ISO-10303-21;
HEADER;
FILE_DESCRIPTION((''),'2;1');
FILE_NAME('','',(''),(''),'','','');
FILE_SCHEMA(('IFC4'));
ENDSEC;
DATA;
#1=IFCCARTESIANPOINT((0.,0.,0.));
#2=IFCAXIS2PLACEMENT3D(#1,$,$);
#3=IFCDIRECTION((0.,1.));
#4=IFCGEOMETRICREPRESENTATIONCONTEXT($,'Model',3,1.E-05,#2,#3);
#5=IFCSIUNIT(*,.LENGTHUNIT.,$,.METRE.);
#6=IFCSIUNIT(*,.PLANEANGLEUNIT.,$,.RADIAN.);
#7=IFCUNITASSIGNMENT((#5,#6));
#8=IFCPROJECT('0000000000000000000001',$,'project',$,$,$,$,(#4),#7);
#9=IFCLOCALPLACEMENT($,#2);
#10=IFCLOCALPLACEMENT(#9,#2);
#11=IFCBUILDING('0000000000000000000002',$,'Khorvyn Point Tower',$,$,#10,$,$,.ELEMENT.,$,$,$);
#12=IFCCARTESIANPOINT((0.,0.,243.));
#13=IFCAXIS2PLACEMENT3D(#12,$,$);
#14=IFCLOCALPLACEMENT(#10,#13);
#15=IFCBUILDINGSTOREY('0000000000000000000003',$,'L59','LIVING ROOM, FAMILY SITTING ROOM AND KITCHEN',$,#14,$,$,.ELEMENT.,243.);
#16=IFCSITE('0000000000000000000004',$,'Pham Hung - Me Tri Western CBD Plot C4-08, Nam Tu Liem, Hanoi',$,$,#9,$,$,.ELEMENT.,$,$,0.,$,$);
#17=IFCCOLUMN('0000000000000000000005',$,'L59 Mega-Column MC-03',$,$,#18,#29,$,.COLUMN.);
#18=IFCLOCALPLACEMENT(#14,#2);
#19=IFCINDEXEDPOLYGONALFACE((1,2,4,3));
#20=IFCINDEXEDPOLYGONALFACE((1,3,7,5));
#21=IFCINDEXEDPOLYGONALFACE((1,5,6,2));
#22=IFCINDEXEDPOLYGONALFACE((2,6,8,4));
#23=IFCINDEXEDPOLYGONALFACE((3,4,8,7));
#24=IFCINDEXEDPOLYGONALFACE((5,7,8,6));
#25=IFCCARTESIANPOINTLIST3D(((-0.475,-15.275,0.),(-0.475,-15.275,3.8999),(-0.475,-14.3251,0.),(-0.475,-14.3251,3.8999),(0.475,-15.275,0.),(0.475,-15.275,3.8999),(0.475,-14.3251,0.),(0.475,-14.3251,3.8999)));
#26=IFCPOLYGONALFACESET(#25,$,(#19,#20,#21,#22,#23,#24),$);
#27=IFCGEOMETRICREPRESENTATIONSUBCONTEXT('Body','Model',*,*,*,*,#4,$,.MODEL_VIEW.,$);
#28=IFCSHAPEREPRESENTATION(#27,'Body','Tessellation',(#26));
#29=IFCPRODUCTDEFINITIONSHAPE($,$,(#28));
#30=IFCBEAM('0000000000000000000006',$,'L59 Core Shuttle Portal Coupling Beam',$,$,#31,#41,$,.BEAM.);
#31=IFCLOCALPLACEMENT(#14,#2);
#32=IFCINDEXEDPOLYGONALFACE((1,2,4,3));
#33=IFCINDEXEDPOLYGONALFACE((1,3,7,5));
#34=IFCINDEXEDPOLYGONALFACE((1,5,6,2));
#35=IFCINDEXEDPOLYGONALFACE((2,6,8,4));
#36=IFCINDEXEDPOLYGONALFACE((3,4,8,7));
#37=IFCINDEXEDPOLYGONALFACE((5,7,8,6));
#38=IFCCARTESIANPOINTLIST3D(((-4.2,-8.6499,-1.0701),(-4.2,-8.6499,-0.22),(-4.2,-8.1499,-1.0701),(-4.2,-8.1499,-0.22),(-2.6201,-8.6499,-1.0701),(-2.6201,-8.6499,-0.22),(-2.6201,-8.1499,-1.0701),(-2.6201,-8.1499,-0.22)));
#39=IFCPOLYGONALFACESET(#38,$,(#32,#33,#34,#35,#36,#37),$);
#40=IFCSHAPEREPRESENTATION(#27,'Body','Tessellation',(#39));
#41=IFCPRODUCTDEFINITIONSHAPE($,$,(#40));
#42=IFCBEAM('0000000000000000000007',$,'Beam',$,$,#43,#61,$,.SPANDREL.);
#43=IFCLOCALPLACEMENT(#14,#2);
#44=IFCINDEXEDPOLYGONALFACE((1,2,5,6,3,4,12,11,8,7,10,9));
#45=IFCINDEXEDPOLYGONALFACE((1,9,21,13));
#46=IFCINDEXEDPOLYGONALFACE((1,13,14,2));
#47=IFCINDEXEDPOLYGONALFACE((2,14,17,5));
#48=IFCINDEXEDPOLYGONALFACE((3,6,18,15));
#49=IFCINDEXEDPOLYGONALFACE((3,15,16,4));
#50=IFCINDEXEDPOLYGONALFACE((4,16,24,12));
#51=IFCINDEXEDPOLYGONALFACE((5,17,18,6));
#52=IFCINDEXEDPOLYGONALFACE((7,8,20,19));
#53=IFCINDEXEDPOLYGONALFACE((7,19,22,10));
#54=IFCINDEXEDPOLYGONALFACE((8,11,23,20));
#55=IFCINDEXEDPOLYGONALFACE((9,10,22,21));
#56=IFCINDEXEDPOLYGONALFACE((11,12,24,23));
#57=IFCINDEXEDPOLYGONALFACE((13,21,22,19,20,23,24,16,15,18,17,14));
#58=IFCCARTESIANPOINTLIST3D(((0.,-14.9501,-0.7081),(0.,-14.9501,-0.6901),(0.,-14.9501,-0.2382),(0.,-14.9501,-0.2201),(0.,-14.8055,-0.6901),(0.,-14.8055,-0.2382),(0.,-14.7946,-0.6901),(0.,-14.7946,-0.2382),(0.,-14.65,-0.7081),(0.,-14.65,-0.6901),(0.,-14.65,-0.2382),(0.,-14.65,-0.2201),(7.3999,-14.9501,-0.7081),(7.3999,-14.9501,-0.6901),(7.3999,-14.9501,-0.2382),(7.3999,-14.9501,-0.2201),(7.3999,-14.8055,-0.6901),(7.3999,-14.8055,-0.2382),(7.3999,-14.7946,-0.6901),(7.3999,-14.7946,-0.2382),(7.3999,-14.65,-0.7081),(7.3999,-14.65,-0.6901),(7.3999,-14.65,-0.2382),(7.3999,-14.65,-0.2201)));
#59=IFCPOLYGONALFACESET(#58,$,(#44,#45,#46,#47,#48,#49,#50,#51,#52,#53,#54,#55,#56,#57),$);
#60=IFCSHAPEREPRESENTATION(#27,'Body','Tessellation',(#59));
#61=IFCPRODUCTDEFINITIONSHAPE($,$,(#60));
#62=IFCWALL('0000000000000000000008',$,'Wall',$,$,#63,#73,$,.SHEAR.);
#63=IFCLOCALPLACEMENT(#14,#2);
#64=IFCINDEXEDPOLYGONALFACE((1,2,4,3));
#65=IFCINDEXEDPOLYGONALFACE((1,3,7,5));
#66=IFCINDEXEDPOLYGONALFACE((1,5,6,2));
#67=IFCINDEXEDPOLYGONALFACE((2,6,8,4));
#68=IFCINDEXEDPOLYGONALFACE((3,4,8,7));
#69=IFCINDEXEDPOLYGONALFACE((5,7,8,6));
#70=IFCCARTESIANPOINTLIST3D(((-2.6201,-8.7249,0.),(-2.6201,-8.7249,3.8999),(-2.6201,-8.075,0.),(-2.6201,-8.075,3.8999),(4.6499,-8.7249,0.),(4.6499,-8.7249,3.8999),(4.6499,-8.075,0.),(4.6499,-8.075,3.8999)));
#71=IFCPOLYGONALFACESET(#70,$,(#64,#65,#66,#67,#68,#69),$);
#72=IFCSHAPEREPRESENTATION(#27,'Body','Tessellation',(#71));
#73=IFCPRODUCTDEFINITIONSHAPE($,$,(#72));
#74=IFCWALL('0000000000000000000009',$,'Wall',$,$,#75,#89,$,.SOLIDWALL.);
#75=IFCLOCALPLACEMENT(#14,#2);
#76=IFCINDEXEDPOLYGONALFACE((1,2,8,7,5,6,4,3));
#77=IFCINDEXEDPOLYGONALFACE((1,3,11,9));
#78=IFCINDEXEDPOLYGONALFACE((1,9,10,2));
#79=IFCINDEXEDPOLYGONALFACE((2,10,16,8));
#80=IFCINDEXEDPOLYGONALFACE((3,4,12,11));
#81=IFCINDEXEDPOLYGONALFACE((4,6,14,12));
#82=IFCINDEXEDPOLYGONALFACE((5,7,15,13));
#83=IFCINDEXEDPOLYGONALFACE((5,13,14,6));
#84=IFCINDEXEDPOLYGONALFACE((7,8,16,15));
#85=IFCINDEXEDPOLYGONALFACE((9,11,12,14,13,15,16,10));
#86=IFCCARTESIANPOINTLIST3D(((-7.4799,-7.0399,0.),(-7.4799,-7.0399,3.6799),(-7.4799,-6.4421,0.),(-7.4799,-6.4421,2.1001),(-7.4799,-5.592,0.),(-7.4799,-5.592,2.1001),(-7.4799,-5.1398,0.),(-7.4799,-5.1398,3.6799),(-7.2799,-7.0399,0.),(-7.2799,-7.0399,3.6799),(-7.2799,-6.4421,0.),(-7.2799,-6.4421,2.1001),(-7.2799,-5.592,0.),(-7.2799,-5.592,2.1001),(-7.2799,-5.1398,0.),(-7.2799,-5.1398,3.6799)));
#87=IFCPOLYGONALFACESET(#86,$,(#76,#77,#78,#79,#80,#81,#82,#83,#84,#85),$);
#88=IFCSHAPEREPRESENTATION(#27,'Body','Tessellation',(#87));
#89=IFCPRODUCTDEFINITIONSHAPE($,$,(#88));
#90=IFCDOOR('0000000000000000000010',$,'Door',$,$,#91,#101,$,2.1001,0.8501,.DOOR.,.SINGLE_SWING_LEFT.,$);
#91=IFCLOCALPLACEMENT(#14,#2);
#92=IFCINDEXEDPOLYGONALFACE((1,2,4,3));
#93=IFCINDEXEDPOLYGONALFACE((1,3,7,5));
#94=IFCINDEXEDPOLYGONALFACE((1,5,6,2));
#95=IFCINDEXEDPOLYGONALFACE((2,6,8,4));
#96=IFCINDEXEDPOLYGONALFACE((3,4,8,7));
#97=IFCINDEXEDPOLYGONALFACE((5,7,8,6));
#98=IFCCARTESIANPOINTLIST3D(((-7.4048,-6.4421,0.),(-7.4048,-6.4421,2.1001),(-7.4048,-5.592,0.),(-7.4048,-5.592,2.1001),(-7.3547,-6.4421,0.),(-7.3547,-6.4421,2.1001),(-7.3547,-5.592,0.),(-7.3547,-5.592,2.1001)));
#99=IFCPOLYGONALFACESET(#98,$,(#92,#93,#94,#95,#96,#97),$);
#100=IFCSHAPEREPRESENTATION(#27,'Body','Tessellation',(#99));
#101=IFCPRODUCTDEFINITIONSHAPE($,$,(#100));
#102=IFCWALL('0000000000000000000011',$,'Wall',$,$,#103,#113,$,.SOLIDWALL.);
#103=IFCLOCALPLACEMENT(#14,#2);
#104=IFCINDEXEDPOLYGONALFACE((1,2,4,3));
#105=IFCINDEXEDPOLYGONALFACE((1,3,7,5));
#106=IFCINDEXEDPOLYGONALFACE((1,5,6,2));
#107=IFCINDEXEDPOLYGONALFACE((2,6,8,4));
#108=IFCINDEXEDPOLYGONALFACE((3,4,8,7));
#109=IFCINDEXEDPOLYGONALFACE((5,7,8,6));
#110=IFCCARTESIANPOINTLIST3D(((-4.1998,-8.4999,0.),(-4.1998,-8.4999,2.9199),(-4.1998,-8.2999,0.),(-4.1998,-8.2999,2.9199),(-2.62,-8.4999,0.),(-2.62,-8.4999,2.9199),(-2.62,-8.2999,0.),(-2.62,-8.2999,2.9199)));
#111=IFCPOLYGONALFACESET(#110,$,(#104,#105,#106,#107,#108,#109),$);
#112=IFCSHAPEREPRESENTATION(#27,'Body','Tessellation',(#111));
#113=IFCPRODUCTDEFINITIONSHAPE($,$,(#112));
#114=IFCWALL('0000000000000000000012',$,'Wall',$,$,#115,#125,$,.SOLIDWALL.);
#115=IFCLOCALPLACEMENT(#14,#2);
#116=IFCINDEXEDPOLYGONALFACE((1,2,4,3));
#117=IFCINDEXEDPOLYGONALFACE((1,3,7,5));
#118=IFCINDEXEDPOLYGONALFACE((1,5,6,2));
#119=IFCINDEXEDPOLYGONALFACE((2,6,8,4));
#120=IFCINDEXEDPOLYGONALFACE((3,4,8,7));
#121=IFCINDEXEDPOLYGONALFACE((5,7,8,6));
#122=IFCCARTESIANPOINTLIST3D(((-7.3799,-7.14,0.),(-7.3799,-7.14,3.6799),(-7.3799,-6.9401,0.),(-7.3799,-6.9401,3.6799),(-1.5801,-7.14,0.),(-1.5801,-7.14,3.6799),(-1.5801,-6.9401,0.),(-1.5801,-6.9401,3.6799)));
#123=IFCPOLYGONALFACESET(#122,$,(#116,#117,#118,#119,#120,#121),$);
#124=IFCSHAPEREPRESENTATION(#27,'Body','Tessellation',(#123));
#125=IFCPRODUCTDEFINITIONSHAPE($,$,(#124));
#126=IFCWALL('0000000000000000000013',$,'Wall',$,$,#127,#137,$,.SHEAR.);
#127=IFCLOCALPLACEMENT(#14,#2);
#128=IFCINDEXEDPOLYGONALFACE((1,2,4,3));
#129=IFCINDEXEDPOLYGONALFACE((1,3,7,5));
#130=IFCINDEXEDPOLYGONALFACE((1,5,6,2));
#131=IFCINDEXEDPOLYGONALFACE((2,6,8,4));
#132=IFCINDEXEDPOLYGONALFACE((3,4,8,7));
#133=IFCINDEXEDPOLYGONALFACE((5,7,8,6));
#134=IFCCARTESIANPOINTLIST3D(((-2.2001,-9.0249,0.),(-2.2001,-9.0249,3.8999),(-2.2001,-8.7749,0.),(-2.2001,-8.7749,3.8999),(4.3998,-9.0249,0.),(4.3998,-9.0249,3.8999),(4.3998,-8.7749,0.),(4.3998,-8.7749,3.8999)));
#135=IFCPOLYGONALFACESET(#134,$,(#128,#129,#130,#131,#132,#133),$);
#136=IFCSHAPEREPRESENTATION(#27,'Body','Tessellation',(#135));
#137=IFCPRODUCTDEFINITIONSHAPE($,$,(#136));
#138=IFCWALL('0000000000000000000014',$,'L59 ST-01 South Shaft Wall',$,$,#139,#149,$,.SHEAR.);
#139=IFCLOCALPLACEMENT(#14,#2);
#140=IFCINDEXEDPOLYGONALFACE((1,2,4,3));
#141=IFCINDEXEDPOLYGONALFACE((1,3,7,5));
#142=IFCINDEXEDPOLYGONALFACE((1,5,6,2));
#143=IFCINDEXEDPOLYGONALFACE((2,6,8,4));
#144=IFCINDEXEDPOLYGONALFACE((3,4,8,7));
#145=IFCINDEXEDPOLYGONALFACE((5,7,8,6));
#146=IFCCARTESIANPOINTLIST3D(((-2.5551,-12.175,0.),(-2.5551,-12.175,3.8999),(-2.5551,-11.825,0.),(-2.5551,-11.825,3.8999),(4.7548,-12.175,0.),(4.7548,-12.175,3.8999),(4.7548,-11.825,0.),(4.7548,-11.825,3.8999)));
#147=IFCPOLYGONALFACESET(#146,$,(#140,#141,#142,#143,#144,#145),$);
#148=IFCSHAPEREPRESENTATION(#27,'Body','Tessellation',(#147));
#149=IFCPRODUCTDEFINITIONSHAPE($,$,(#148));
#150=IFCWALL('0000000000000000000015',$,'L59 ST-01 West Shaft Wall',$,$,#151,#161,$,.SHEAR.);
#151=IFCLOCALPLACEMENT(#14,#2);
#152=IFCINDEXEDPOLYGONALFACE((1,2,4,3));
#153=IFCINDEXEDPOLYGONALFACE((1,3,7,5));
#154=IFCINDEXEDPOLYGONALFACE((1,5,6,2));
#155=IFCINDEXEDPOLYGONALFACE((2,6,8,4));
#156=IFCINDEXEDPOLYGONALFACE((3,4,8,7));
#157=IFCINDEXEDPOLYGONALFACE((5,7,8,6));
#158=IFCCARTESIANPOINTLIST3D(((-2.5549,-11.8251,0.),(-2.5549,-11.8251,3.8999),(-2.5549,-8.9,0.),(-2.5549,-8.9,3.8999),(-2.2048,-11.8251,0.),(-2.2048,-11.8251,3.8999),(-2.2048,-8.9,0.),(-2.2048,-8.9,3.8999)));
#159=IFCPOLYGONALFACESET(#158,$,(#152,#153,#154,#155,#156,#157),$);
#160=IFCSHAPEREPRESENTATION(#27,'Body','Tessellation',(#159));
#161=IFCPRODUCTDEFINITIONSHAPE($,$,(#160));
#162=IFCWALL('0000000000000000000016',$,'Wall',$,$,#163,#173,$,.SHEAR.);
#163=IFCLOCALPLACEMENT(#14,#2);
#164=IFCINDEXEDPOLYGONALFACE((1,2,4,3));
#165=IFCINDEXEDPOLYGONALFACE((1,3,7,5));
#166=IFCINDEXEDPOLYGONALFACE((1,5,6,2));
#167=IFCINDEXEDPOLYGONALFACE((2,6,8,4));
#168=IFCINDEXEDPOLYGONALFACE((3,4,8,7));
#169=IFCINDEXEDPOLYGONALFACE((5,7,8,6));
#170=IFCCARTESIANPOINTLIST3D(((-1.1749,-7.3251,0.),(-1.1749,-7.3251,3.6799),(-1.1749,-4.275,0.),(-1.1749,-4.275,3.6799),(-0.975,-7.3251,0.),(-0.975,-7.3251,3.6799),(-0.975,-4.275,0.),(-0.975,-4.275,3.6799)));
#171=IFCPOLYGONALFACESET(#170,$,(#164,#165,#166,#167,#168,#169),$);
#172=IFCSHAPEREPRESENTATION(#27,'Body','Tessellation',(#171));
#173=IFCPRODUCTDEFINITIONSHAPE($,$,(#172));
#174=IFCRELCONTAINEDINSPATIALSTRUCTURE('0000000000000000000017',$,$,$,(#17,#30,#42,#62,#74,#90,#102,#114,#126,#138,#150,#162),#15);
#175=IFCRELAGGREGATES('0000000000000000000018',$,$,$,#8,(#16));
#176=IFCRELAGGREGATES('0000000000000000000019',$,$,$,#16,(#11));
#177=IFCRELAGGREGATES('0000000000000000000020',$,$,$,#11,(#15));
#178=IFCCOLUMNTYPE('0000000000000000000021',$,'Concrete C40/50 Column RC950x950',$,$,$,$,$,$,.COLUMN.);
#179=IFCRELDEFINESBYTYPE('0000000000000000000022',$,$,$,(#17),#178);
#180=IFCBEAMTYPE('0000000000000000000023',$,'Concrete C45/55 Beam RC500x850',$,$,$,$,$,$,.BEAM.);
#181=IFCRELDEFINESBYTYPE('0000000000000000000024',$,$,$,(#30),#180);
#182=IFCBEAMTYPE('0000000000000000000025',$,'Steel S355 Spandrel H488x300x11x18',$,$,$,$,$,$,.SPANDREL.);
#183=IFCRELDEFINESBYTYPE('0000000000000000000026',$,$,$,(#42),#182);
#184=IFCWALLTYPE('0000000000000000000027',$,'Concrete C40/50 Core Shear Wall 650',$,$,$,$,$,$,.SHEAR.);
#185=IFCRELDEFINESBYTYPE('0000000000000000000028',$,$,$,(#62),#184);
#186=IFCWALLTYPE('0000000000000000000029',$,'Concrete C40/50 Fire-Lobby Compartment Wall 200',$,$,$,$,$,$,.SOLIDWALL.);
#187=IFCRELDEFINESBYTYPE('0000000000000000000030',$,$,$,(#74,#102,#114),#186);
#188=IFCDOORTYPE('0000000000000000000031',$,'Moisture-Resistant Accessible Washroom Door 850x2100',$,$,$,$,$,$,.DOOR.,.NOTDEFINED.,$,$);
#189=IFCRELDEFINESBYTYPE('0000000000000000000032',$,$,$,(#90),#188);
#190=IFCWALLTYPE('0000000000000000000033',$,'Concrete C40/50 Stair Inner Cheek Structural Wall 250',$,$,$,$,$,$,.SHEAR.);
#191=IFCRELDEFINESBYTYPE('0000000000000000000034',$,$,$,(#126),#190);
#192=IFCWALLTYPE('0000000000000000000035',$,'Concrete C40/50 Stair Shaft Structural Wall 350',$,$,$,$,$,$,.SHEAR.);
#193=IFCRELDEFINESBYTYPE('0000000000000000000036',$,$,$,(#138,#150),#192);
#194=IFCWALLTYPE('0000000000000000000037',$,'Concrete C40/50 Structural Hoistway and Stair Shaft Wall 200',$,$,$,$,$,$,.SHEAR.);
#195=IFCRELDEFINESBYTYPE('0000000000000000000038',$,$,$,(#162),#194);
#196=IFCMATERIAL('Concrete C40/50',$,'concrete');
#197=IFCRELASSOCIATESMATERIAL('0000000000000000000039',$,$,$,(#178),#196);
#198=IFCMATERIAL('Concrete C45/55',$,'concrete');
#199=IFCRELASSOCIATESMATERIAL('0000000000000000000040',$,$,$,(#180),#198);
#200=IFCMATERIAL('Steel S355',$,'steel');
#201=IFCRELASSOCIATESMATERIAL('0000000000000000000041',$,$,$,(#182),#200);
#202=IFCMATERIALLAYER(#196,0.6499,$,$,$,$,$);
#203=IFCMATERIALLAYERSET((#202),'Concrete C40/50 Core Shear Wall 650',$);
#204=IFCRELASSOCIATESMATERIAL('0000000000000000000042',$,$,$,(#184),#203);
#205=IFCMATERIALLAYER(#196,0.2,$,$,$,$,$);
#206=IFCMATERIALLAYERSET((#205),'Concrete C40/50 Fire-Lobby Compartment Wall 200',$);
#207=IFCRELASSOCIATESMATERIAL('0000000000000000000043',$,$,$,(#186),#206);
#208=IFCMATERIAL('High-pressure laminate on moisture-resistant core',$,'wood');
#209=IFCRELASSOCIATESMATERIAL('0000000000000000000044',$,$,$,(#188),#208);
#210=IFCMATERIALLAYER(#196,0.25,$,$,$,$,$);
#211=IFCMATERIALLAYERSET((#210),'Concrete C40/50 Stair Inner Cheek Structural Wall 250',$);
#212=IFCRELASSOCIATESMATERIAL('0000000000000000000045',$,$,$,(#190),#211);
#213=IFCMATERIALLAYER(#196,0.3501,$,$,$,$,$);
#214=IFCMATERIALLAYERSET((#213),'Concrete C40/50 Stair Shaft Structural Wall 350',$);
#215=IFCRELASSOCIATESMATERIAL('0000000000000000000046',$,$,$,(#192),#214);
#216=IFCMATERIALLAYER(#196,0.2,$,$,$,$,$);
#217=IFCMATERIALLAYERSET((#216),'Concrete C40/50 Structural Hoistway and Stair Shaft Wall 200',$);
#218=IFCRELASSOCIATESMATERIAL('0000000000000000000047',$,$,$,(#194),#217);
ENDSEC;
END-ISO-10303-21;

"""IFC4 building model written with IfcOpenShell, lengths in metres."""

from ifc_helpers import new_model, si_unit, direction, frame, frame_2d, origin, origin_2d, place, context, subcontext, project, spatial, rectangle, i_section, extrude, material, layer, layer_set, material_profile, profile_set, type_object, element, fill, save


model = new_model("IFC4")

# Units and contexts
model_context = context("Model", 3, precision=1e-05, world=origin(), true_north=direction((0.0, 1.0)))
body_context = subcontext(model_context, "Body", "Model", "MODEL_VIEW")
ifc_project = project(units=[si_unit("LENGTHUNIT", "METRE"), si_unit("PLANEANGLEUNIT", "RADIAN")], contexts=[model_context])

# Site, building, storey
site_placement = place(None, origin())
site = spatial("IfcSite", under=ifc_project, at=site_placement, Name="Pham Hung - Me Tri Western CBD Plot C4-08, Nam Tu Liem, Hanoi", CompositionType="ELEMENT", RefElevation=0.0)
building_placement = place(site_placement, origin())
building = spatial("IfcBuilding", under=site, at=building_placement, Name="Khorvyn Point Tower", CompositionType="ELEMENT")
storey_placement = place(building_placement, frame((0.0, 0.0, 243.0)))
storey = spatial("IfcBuildingStorey", under=building, at=storey_placement, Name="L59", Description="LIVING ROOM, FAMILY SITTING ROOM AND KITCHEN", CompositionType="ELEMENT", Elevation=243.0)

# Column
ifc_material_1 = material(Name="Concrete C40/50", Category="concrete")
ifc_material_profile_1 = material_profile(ifc_material_1, rectangle(XDim=0.95, YDim=0.95, at=origin_2d()))
ifc_profile_set_1 = profile_set([ifc_material_profile_1], Name="Concrete C40/50 RC950x950")
column_type = type_object("IfcColumnType", Name="Concrete C40/50 Column RC950x950", PredefinedType="COLUMN", material=ifc_profile_set_1)
column_placement = place(storey_placement, frame((0.0, -14.8, 0.0), z_axis=(0.0, 0.0, 1.0), x_axis=(1.0, 0.0, 0.0)))
element("IfcColumn", 1, at=column_placement, inside=storey, type_object=column_type, Name="L59 Mega-Column MC-03", PredefinedType="COLUMN", context=body_context, shape_type="SweptSolid", body=[
    extrude(rectangle(XDim=0.95, YDim=0.95, at=origin_2d()), origin(), (0.0, 0.0, 1.0), 3.8999),
])

# Beams
ifc_material_2 = material(Name="Concrete C45/55", Category="concrete")
ifc_material_profile_2 = material_profile(ifc_material_2, rectangle(XDim=0.5, YDim=0.8501, at=origin_2d()))
ifc_profile_set_2 = profile_set([ifc_material_profile_2], Name="Concrete C45/55 RC500x850")
beam_type_1 = type_object("IfcBeamType", Name="Concrete C45/55 Beam RC500x850", PredefinedType="BEAM", material=ifc_profile_set_2)
beam_1_placement = place(storey_placement, frame((-4.2, -8.3999, -0.645), z_axis=(1.0, 0.0, 0.0), x_axis=(0.0, 1.0, 0.0)))
element("IfcBeam", 2, at=beam_1_placement, inside=storey, type_object=beam_type_1, Name="L59 Core Shuttle Portal Coupling Beam", PredefinedType="BEAM", context=body_context, shape_type="SweptSolid", body=[
    extrude(rectangle(XDim=0.5, YDim=0.8501, at=origin_2d()), origin(), (0.0, 0.0, 1.0), 1.5798),
])
ifc_material_3 = material(Name="Steel S355", Category="steel")
ifc_material_profile_3 = material_profile(ifc_material_3, i_section(OverallWidth=0.3, OverallDepth=0.488, WebThickness=0.011, FlangeThickness=0.0181, at=origin_2d()))
ifc_profile_set_3 = profile_set([ifc_material_profile_3], Name="Steel S355 H488x300x11x18")
beam_type_2 = type_object("IfcBeamType", Name="Steel S355 Spandrel H488x300x11x18", PredefinedType="SPANDREL", material=ifc_profile_set_3)
beam_2_placement = place(storey_placement, frame((0.0, -14.8, -0.4641), z_axis=(1.0, 0.0, 0.0), x_axis=(0.0, 1.0, 0.0)))
element("IfcBeam", 3, at=beam_2_placement, inside=storey, type_object=beam_type_2, Name="Beam", PredefinedType="SPANDREL", context=body_context, shape_type="SweptSolid", body=[
    extrude(i_section(OverallWidth=0.3, OverallDepth=0.488, WebThickness=0.011, FlangeThickness=0.0181, at=origin_2d()), origin(), (0.0, 0.0, 1.0), 7.3999),
])

# Wall
ifc_layer_1 = layer(ifc_material_1, 0.6499)
ifc_layer_set_1 = layer_set([ifc_layer_1], Name="Concrete C40/50 Core Shear Wall 650")
wall_type_1 = type_object("IfcWallType", Name="Concrete C40/50 Core Shear Wall 650", PredefinedType="SHEAR", material=ifc_layer_set_1)
wall_1_placement = place(storey_placement, frame((-2.6201, -8.3999, 0.0), z_axis=(0.0, 0.0, 1.0), x_axis=(1.0, 0.0, 0.0)))
element("IfcWall", 4, at=wall_1_placement, inside=storey, type_object=wall_type_1, Name="Wall", PredefinedType="SHEAR", context=body_context, shape_type="SweptSolid", body=[
    extrude(rectangle(XDim=7.27, YDim=0.6499, at=frame_2d((3.635, 0.0))), origin(), (0.0, 0.0, 1.0), 3.8999),
])

# Wall, opening, door
ifc_layer_2 = layer(ifc_material_1, 0.2)
ifc_layer_set_2 = layer_set([ifc_layer_2], Name="Concrete C40/50 Fire-Lobby Compartment Wall 200")
wall_type_2 = type_object("IfcWallType", Name="Concrete C40/50 Fire-Lobby Compartment Wall 200", PredefinedType="SOLIDWALL", material=ifc_layer_set_2)
wall_2_placement = place(storey_placement, frame((-7.3799, -7.04, 0.0), z_axis=(0.0, 0.0, 1.0), x_axis=(0.0, 1.0, 0.0)))
wall_2 = element("IfcWall", 5, at=wall_2_placement, inside=storey, type_object=wall_type_2, Name="Wall", PredefinedType="SOLIDWALL", context=body_context, shape_type="SweptSolid", body=[
    extrude(rectangle(XDim=1.9001, YDim=0.2, at=frame_2d((0.9502, 0.0))), origin(), (0.0, 0.0, 1.0), 3.6799),
])
opening_1_placement = place(wall_2_placement, frame((0.5979, 0.0, 0.0)))
opening_1 = element("IfcOpeningElement", 6, at=opening_1_placement, cuts=wall_2, PredefinedType="OPENING", context=body_context, shape_type="SweptSolid", body=[
    extrude(rectangle(XDim=0.8501, YDim=2.1001, at=frame_2d((0.425, 1.05))), frame((0.0, 0.1099, 0.0), z_axis=(0.0, -1.0, 0.0), x_axis=(1.0, 0.0, 0.0)), (0.0, 0.0, 1.0), 0.22),
])
ifc_material_4 = material(Name="High-pressure laminate on moisture-resistant core", Category="wood")
door_type_1 = type_object("IfcDoorType", Name="Moisture-Resistant Accessible Washroom Door 850x2100", OperationType="NOTDEFINED", PredefinedType="DOOR", material=ifc_material_4)
door_1_placement = place(opening_1_placement, origin())
door_1 = element("IfcDoor", 7, at=door_1_placement, inside=storey, type_object=door_type_1, Name="Door", OperationType="SINGLE_SWING_LEFT", OverallHeight=2.1001, OverallWidth=0.8501, PredefinedType="DOOR", context=body_context, shape_type="SweptSolid", body=[
    extrude(rectangle(XDim=0.8501, YDim=2.1001, at=frame_2d((0.425, 1.05))), frame((0.0, 0.0249, 0.0), z_axis=(0.0, -1.0, 0.0), x_axis=(1.0, 0.0, 0.0)), (0.0, 0.0, 1.0), 0.05),
])
fill(opening_1, door_1)

# Walls
wall_3_placement = place(storey_placement, frame((-4.2, -8.3999, 0.0), z_axis=(0.0, 0.0, 1.0), x_axis=(1.0, 0.0, 0.0)))
element("IfcWall", 8, at=wall_3_placement, inside=storey, type_object=wall_type_2, Name="Wall", PredefinedType="SOLIDWALL", context=body_context, shape_type="SweptSolid", body=[
    extrude(rectangle(XDim=1.5798, YDim=0.2, at=frame_2d((0.79, 0.0))), origin(), (0.0, 0.0, 1.0), 2.9199),
])
wall_4_placement = place(storey_placement, frame((-7.3799, -7.04, 0.0), z_axis=(0.0, 0.0, 1.0), x_axis=(1.0, 0.0, 0.0)))
element("IfcWall", 9, at=wall_4_placement, inside=storey, type_object=wall_type_2, Name="Wall", PredefinedType="SOLIDWALL", context=body_context, shape_type="SweptSolid", body=[
    extrude(rectangle(XDim=5.7998, YDim=0.2, at=frame_2d((2.8999, 0.0))), origin(), (0.0, 0.0, 1.0), 3.6799),
])
ifc_layer_3 = layer(ifc_material_1, 0.25)
ifc_layer_set_3 = layer_set([ifc_layer_3], Name="Concrete C40/50 Stair Inner Cheek Structural Wall 250")
wall_type_3 = type_object("IfcWallType", Name="Concrete C40/50 Stair Inner Cheek Structural Wall 250", PredefinedType="SHEAR", material=ifc_layer_set_3)
wall_5_placement = place(storey_placement, frame((-2.2, -8.8999, 0.0), z_axis=(0.0, 0.0, 1.0), x_axis=(1.0, 0.0, 0.0)))
element("IfcWall", 10, at=wall_5_placement, inside=storey, type_object=wall_type_3, Name="Wall", PredefinedType="SHEAR", context=body_context, shape_type="SweptSolid", body=[
    extrude(rectangle(XDim=6.5999, YDim=0.25, at=frame_2d((3.2998, 0.0))), origin(), (0.0, 0.0, 1.0), 3.8999),
])
ifc_layer_4 = layer(ifc_material_1, 0.3501)
ifc_layer_set_4 = layer_set([ifc_layer_4], Name="Concrete C40/50 Stair Shaft Structural Wall 350")
wall_type_4 = type_object("IfcWallType", Name="Concrete C40/50 Stair Shaft Structural Wall 350", PredefinedType="SHEAR", material=ifc_layer_set_4)
wall_6_placement = place(storey_placement, frame((-2.5549, -12.0, 0.0), z_axis=(0.0, 0.0, 1.0), x_axis=(1.0, 0.0, 0.0)))
element("IfcWall", 11, at=wall_6_placement, inside=storey, type_object=wall_type_4, Name="L59 ST-01 South Shaft Wall", PredefinedType="SHEAR", context=body_context, shape_type="SweptSolid", body=[
    extrude(rectangle(XDim=7.3098, YDim=0.3501, at=frame_2d((3.6548, 0.0))), origin(), (0.0, 0.0, 1.0), 3.8999),
])
wall_7_placement = place(storey_placement, frame((-2.3799, -11.825, 0.0), z_axis=(0.0, 0.0, 1.0), x_axis=(0.0, 1.0, 0.0)))
element("IfcWall", 12, at=wall_7_placement, inside=storey, type_object=wall_type_4, Name="L59 ST-01 West Shaft Wall", PredefinedType="SHEAR", context=body_context, shape_type="SweptSolid", body=[
    extrude(rectangle(XDim=2.925, YDim=0.3501, at=frame_2d((1.4624, 0.0))), origin(), (0.0, 0.0, 1.0), 3.8999),
])
ifc_layer_5 = layer(ifc_material_1, 0.2)
ifc_layer_set_5 = layer_set([ifc_layer_5], Name="Concrete C40/50 Structural Hoistway and Stair Shaft Wall 200")
wall_type_5 = type_object("IfcWallType", Name="Concrete C40/50 Structural Hoistway and Stair Shaft Wall 200", PredefinedType="SHEAR", material=ifc_layer_set_5)
wall_8_placement = place(storey_placement, frame((-1.075, -7.325, 0.0), z_axis=(0.0, 0.0, 1.0), x_axis=(0.0, 1.0, 0.0)))
element("IfcWall", 13, at=wall_8_placement, inside=storey, type_object=wall_type_5, Name="Wall", PredefinedType="SHEAR", context=body_context, shape_type="SweptSolid", body=[
    extrude(rectangle(XDim=3.05, YDim=0.2, at=frame_2d((1.5249, 0.0))), origin(), (0.0, 0.0, 1.0), 3.6799),
])

save(model, "model.ifc")
